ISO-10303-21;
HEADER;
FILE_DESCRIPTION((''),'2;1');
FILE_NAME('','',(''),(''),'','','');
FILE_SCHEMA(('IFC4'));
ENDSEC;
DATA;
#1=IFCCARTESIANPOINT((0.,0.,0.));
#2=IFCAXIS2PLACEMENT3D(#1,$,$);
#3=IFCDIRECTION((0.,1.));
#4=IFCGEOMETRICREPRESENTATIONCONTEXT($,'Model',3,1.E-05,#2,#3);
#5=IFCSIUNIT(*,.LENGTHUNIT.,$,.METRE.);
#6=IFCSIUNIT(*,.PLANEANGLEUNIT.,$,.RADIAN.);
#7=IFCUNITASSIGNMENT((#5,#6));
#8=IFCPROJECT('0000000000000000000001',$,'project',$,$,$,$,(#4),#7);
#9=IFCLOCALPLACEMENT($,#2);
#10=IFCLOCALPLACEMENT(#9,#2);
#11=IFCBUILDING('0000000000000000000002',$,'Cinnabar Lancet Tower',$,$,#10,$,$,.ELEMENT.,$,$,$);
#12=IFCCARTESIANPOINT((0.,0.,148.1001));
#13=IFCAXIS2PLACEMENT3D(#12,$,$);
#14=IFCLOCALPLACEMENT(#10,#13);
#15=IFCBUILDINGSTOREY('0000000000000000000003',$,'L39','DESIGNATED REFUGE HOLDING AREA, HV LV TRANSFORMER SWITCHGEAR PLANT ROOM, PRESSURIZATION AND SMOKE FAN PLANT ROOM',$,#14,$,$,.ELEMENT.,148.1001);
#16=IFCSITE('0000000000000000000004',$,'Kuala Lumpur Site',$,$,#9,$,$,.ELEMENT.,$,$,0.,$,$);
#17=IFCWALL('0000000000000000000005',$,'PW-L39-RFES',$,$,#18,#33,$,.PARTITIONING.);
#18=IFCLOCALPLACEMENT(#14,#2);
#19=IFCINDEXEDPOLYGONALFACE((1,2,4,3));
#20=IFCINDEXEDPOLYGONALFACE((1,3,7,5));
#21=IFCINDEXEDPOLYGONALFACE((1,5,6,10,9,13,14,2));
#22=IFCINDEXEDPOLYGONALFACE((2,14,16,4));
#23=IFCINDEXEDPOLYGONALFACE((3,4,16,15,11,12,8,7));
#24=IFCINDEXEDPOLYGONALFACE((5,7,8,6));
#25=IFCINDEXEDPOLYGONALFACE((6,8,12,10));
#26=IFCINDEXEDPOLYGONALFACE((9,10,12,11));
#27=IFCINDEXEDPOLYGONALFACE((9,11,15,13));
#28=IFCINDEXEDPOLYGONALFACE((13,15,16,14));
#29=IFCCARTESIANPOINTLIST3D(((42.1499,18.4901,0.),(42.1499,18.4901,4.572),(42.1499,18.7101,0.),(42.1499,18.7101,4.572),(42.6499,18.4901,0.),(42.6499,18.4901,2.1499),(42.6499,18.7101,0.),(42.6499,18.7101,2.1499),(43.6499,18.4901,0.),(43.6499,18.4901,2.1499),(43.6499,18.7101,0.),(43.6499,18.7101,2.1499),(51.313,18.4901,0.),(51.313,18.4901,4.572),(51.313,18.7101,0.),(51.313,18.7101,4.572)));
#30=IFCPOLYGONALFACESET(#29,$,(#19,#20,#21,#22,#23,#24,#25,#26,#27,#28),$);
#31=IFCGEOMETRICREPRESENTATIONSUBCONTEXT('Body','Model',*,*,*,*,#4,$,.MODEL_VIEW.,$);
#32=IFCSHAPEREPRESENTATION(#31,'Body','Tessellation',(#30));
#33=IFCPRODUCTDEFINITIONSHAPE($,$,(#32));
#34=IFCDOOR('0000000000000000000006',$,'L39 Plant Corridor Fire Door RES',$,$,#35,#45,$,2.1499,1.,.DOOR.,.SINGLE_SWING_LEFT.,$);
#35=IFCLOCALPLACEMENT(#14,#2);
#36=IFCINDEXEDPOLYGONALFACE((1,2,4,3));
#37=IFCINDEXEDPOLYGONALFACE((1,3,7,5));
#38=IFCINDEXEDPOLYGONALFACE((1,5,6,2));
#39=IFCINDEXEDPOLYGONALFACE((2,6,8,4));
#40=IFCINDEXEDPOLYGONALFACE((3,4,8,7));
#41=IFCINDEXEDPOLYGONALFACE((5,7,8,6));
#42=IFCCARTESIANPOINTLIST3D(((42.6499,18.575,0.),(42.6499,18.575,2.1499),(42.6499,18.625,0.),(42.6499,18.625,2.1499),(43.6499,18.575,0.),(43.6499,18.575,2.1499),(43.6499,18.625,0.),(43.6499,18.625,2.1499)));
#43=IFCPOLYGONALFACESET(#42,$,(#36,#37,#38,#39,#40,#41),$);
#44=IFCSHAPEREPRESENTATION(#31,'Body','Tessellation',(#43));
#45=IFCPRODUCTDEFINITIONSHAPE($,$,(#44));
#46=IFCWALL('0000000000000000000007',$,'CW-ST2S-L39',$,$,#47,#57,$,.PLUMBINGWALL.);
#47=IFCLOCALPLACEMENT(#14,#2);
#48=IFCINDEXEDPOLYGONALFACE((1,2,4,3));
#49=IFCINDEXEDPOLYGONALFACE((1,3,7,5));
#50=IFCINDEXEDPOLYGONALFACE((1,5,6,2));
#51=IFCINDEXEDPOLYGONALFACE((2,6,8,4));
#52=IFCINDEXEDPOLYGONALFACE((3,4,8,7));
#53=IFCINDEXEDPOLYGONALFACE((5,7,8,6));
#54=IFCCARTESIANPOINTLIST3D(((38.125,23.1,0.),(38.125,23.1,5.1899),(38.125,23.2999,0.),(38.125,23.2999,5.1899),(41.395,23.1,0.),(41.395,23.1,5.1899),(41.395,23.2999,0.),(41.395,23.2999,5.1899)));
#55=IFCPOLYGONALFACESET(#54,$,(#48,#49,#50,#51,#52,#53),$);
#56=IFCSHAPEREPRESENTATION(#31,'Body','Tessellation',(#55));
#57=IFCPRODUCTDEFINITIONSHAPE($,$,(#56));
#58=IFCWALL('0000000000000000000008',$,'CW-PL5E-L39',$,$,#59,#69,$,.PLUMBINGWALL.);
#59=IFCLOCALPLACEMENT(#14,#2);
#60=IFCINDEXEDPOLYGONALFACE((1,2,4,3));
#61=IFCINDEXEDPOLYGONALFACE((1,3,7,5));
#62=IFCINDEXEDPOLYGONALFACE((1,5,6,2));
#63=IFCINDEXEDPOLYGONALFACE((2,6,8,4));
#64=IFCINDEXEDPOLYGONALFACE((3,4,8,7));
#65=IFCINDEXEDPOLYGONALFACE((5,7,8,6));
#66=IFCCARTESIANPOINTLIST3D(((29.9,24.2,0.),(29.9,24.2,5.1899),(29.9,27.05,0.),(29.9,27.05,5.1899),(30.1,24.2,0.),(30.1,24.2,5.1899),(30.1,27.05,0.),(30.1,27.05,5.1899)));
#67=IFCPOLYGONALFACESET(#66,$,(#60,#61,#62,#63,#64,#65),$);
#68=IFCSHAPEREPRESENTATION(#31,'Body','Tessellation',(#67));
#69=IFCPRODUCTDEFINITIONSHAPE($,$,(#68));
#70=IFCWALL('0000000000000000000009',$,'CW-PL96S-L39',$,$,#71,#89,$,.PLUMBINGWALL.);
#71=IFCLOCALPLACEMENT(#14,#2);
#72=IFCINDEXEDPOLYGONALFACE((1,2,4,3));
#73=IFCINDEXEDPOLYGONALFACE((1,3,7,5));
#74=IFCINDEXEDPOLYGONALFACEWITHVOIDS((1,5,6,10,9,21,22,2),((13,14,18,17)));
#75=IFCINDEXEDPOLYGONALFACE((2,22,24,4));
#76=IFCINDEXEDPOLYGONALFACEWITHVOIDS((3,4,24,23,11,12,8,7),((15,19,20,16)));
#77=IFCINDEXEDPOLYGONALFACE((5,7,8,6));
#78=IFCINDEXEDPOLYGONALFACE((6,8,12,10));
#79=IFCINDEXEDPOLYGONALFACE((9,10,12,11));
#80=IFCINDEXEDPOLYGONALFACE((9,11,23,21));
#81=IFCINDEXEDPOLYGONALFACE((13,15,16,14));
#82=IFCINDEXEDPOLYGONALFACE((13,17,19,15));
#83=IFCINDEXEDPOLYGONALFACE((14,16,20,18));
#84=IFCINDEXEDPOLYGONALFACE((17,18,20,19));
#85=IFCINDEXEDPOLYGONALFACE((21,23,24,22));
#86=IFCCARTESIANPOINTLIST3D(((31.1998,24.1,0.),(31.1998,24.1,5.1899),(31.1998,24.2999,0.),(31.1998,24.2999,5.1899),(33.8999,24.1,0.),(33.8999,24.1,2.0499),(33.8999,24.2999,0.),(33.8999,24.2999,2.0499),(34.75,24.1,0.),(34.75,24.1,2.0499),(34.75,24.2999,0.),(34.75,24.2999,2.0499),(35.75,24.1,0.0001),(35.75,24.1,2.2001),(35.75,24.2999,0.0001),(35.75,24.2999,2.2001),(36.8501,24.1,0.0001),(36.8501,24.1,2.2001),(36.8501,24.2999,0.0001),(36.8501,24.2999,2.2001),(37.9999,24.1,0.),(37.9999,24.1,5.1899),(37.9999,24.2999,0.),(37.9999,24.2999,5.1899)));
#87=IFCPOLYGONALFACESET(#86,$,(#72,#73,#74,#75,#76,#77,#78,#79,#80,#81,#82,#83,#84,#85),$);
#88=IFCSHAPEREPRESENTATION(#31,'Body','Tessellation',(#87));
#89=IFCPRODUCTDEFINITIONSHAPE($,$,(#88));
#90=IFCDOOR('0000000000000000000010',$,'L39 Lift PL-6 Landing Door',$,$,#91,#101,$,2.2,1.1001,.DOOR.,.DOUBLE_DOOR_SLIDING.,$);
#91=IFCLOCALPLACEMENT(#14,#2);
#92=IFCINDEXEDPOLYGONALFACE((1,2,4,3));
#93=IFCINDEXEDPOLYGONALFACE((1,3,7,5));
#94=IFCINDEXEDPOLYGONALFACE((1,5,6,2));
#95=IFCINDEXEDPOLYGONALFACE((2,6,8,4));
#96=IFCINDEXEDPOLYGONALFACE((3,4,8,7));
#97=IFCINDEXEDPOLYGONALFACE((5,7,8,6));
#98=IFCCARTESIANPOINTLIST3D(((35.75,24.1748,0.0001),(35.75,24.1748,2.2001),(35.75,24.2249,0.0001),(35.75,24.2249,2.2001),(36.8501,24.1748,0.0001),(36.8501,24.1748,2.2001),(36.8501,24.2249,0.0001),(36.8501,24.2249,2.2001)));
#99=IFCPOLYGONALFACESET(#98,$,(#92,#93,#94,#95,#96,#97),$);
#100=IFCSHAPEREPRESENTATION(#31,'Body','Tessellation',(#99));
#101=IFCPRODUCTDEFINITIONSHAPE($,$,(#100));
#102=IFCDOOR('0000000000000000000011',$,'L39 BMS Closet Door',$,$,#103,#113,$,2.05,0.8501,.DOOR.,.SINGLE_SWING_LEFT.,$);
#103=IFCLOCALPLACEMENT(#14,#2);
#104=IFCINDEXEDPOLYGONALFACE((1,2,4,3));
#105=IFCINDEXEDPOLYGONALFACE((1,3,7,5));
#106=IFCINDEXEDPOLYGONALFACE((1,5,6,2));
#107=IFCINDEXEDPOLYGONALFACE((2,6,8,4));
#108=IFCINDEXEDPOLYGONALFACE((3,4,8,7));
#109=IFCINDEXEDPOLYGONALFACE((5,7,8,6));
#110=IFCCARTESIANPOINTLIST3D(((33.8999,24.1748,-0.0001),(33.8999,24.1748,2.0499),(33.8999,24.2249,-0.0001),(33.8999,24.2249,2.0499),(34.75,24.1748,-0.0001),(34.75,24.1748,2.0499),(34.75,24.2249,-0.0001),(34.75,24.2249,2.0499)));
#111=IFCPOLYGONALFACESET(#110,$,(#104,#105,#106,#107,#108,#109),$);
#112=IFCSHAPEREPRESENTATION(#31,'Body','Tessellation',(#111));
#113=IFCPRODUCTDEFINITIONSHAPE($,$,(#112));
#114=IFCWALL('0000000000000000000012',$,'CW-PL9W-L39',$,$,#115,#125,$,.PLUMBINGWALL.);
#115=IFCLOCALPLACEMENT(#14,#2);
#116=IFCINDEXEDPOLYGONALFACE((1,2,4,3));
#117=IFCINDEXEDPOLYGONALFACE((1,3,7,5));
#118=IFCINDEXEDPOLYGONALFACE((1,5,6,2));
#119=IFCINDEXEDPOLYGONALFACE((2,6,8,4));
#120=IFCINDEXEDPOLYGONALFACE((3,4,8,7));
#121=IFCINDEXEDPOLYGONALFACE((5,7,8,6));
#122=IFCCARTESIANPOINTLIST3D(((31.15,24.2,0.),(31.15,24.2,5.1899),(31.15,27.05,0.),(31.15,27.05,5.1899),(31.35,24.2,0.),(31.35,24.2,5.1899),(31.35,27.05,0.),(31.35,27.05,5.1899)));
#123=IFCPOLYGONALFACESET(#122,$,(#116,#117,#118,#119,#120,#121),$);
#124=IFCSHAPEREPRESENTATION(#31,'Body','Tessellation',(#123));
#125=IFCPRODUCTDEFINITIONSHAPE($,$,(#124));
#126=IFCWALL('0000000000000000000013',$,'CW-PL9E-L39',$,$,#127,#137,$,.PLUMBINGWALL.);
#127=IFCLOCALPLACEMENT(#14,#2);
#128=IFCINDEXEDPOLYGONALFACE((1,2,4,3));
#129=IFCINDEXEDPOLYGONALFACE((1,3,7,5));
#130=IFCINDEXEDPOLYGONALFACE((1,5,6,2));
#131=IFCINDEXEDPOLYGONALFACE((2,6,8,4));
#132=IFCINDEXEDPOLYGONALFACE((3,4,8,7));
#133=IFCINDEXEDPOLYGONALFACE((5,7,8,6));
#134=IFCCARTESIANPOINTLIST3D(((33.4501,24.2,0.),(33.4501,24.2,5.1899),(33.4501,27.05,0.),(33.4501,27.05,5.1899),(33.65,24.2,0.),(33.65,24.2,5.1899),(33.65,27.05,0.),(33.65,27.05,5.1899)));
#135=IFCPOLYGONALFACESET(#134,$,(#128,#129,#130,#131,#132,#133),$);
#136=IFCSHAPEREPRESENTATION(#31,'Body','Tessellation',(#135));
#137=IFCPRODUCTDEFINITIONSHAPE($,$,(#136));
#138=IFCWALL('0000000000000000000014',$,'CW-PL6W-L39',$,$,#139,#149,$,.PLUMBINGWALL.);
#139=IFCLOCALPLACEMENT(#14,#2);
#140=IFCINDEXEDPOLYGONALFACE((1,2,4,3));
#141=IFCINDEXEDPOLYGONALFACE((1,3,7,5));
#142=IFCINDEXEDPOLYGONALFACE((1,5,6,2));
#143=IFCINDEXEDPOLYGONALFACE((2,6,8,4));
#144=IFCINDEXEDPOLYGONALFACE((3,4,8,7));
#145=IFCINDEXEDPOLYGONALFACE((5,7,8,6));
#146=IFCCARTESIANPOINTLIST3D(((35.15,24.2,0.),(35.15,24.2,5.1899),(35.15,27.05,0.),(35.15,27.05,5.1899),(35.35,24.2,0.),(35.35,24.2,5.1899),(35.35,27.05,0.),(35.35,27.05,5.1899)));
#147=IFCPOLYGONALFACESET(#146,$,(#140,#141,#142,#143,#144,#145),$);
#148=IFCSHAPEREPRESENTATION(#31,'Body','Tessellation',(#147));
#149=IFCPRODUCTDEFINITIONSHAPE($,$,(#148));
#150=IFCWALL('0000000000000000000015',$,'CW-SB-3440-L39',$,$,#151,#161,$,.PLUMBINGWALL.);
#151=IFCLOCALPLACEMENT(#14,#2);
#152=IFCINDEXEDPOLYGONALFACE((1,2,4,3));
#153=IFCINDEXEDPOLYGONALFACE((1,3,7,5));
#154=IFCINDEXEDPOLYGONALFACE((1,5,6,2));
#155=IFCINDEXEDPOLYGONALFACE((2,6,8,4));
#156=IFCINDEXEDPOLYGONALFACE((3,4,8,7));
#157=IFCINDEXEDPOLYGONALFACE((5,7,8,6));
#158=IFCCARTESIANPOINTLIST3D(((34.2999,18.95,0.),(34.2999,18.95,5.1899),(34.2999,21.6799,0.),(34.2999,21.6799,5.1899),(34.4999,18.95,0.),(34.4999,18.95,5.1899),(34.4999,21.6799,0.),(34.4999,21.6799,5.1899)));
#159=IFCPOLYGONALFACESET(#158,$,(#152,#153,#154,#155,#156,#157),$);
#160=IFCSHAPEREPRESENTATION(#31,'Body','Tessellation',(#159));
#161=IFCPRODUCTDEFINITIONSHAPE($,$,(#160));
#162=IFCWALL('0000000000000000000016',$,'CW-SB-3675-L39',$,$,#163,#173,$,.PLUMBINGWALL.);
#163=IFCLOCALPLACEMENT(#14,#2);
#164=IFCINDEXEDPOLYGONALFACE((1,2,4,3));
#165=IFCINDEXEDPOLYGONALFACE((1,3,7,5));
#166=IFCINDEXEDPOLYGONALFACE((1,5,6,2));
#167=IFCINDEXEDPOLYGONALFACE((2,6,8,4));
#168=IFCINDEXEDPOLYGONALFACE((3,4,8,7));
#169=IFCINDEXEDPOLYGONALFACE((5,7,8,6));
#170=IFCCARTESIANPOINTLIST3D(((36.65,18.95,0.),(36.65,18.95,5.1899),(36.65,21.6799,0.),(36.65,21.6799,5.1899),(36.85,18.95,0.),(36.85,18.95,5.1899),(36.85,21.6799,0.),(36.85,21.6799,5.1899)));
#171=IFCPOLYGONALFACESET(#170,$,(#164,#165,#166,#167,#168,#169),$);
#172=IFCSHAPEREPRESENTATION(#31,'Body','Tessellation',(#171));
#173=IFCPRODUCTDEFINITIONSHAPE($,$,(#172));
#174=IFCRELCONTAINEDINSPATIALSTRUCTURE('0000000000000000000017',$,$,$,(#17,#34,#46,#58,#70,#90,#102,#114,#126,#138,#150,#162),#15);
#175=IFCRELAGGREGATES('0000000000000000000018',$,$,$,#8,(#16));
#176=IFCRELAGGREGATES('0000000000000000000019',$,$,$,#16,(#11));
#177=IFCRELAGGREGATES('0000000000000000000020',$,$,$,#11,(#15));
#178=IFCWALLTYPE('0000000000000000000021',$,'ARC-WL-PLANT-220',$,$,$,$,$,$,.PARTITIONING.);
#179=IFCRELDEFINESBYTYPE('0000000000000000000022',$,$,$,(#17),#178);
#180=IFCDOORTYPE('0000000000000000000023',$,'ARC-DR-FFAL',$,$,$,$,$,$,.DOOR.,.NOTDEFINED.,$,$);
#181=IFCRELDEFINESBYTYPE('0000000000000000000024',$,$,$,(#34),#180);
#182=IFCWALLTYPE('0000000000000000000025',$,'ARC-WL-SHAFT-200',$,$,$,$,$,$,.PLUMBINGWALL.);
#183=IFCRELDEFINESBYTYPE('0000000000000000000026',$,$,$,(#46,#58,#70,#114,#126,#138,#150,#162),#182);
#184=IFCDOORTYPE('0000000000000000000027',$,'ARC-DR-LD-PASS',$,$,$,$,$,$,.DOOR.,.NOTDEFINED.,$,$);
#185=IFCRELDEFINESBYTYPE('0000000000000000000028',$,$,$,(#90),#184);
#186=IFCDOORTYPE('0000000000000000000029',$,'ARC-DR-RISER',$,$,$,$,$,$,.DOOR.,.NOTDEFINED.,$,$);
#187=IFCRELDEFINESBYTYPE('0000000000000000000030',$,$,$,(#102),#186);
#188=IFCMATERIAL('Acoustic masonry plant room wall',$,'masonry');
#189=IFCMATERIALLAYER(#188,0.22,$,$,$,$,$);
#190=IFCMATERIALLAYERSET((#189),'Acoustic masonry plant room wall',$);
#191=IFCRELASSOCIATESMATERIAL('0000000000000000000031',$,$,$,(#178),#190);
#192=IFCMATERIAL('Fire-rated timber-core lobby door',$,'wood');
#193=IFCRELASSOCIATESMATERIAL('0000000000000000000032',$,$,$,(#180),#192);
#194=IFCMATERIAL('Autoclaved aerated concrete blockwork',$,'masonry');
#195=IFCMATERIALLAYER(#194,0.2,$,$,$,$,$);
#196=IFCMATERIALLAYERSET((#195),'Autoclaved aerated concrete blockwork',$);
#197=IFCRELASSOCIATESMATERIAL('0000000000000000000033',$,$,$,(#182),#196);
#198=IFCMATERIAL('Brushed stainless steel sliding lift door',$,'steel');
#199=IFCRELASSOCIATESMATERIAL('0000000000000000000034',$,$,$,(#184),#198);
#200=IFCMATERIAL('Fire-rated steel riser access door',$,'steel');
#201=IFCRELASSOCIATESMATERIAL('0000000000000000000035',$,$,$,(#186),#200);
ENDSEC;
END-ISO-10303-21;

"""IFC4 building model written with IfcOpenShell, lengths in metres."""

from ifc_helpers import new_model, si_unit, direction, frame, frame_2d, origin, place, context, subcontext, project, spatial, rectangle, extrude, material, layer, layer_set, type_object, element, fill, save


model = new_model("IFC4")

# Units and contexts
model_context = context("Model", 3, precision=1e-05, world=origin(), true_north=direction((0.0, 1.0)))
body_context = subcontext(model_context, "Body", "Model", "MODEL_VIEW")
ifc_project = project(units=[si_unit("LENGTHUNIT", "METRE"), si_unit("PLANEANGLEUNIT", "RADIAN")], contexts=[model_context])

# Site, building, storey
site_placement = place(None, origin())
site = spatial("IfcSite", under=ifc_project, at=site_placement, Name="Kuala Lumpur Site", CompositionType="ELEMENT", RefElevation=0.0)
building_placement = place(site_placement, origin())
building = spatial("IfcBuilding", under=site, at=building_placement, Name="Cinnabar Lancet Tower", CompositionType="ELEMENT")
storey_placement = place(building_placement, frame((0.0, 0.0, 148.1001)))
storey = spatial("IfcBuildingStorey", under=building, at=storey_placement, Name="L39", Description="DESIGNATED REFUGE HOLDING AREA, HV LV TRANSFORMER SWITCHGEAR PLANT ROOM, PRESSURIZATION AND SMOKE FAN PLANT ROOM", CompositionType="ELEMENT", Elevation=148.1001)

# Wall, opening, door
ifc_material_1 = material(Name="Acoustic masonry plant room wall", Category="masonry")
ifc_layer_1 = layer(ifc_material_1, 0.22)
ifc_layer_set_1 = layer_set([ifc_layer_1], Name="Acoustic masonry plant room wall")
wall_type_1 = type_object("IfcWallType", Name="ARC-WL-PLANT-220", PredefinedType="PARTITIONING", material=ifc_layer_set_1)
wall_1_placement = place(storey_placement, frame((42.1499, 18.6001, 0.0), z_axis=(0.0, 0.0, 1.0), x_axis=(1.0, 0.0, 0.0)))
wall_1 = element("IfcWall", 1, at=wall_1_placement, inside=storey, type_object=wall_type_1, Name="PW-L39-RFES", PredefinedType="PARTITIONING", context=body_context, shape_type="SweptSolid", body=[
    extrude(rectangle(XDim=9.1631, YDim=0.22, at=frame_2d((4.5815, 0.0))), origin(), (0.0, 0.0, 1.0), 4.572),
])
opening_1_placement = place(wall_1_placement, frame((0.5, 0.0, 0.0)))
opening_1 = element("IfcOpeningElement", 2, at=opening_1_placement, cuts=wall_1, PredefinedType="OPENING", context=body_context, shape_type="SweptSolid", body=[
    extrude(rectangle(XDim=1.0, YDim=2.1499, at=frame_2d((0.5, 1.075))), frame((0.0, 0.1199, 0.0), z_axis=(0.0, -1.0, 0.0), x_axis=(1.0, 0.0, 0.0)), (0.0, 0.0, 1.0), 0.24),
])
ifc_material_2 = material(Name="Fire-rated timber-core lobby door", Category="wood")
door_type_1 = type_object("IfcDoorType", Name="ARC-DR-FFAL", OperationType="NOTDEFINED", PredefinedType="DOOR", material=ifc_material_2)
door_1_placement = place(opening_1_placement, origin())
door_1 = element("IfcDoor", 3, at=door_1_placement, inside=storey, type_object=door_type_1, Name="L39 Plant Corridor Fire Door RES", OperationType="SINGLE_SWING_LEFT", OverallHeight=2.1499, OverallWidth=1.0, PredefinedType="DOOR", context=body_context, shape_type="SweptSolid", body=[
    extrude(rectangle(XDim=1.0, YDim=2.1499, at=frame_2d((0.5, 1.075))), frame((0.0, 0.0249, 0.0), z_axis=(0.0, -1.0, 0.0), x_axis=(1.0, 0.0, 0.0)), (0.0, 0.0, 1.0), 0.05),
])
fill(opening_1, door_1)

# Walls
ifc_material_3 = material(Name="Autoclaved aerated concrete blockwork", Category="masonry")
ifc_layer_2 = layer(ifc_material_3, 0.2)
ifc_layer_set_2 = layer_set([ifc_layer_2], Name="Autoclaved aerated concrete blockwork")
wall_type_2 = type_object("IfcWallType", Name="ARC-WL-SHAFT-200", PredefinedType="PLUMBINGWALL", material=ifc_layer_set_2)
wall_2_placement = place(storey_placement, frame((38.125, 23.2, 0.0), z_axis=(0.0, 0.0, 1.0), x_axis=(1.0, 0.0, 0.0)))
element("IfcWall", 4, at=wall_2_placement, inside=storey, type_object=wall_type_2, Name="CW-ST2S-L39", PredefinedType="PLUMBINGWALL", context=body_context, shape_type="SweptSolid", body=[
    extrude(rectangle(XDim=3.27, YDim=0.2, at=frame_2d((1.635, 0.0))), origin(), (0.0, 0.0, 1.0), 5.1899),
])
wall_3_placement = place(storey_placement, frame((30.0, 24.2, 0.0), z_axis=(0.0, 0.0, 1.0), x_axis=(0.0, 1.0, 0.0)))
element("IfcWall", 5, at=wall_3_placement, inside=storey, type_object=wall_type_2, Name="CW-PL5E-L39", PredefinedType="PLUMBINGWALL", context=body_context, shape_type="SweptSolid", body=[
    extrude(rectangle(XDim=2.8501, YDim=0.2, at=frame_2d((1.425, 0.0))), origin(), (0.0, 0.0, 1.0), 5.1899),
])

# Wall, openings, doors
wall_4_placement = place(storey_placement, frame((31.2, 24.2, 0.0), z_axis=(0.0, 0.0, 1.0), x_axis=(1.0, 0.0, 0.0)))
wall_4 = element("IfcWall", 6, at=wall_4_placement, inside=storey, type_object=wall_type_2, Name="CW-PL96S-L39", PredefinedType="PLUMBINGWALL", context=body_context, shape_type="SweptSolid", body=[
    extrude(rectangle(XDim=6.8, YDim=0.2, at=frame_2d((3.3999, 0.0))), origin(), (0.0, 0.0, 1.0), 5.1899),
])
opening_2_placement = place(wall_4_placement, frame((2.7, 0.0, 0.0)))
opening_2 = element("IfcOpeningElement", 7, at=opening_2_placement, cuts=wall_4, PredefinedType="OPENING", context=body_context, shape_type="SweptSolid", body=[
    extrude(rectangle(XDim=0.8501, YDim=2.05, at=frame_2d((0.425, 1.0249))), frame((0.0, 0.1099, 0.0), z_axis=(0.0, -1.0, 0.0), x_axis=(1.0, 0.0, 0.0)), (0.0, 0.0, 1.0), 0.22),
])
opening_3_placement = place(wall_4_placement, frame((4.55, 0.0, 0.0)))
opening_3 = element("IfcOpeningElement", 8, at=opening_3_placement, cuts=wall_4, PredefinedType="OPENING", context=body_context, shape_type="SweptSolid", body=[
    extrude(rectangle(XDim=1.1001, YDim=2.2, at=frame_2d((0.55, 1.1001))), frame((0.0, 0.1099, 0.0), z_axis=(0.0, -1.0, 0.0), x_axis=(1.0, 0.0, 0.0)), (0.0, 0.0, 1.0), 0.22),
])
ifc_material_4 = material(Name="Brushed stainless steel sliding lift door", Category="steel")
door_type_2 = type_object("IfcDoorType", Name="ARC-DR-LD-PASS", OperationType="NOTDEFINED", PredefinedType="DOOR", material=ifc_material_4)
door_2_placement = place(opening_3_placement, origin())
door_2 = element("IfcDoor", 9, at=door_2_placement, inside=storey, type_object=door_type_2, Name="L39 Lift PL-6 Landing Door", OperationType="DOUBLE_DOOR_SLIDING", OverallHeight=2.2, OverallWidth=1.1001, PredefinedType="DOOR", context=body_context, shape_type="SweptSolid", body=[
    extrude(rectangle(XDim=1.1001, YDim=2.2, at=frame_2d((0.55, 1.1001))), frame((0.0, 0.0249, 0.0), z_axis=(0.0, -1.0, 0.0), x_axis=(1.0, 0.0, 0.0)), (0.0, 0.0, 1.0), 0.05),
])
fill(opening_3, door_2)
ifc_material_5 = material(Name="Fire-rated steel riser access door", Category="steel")
door_type_3 = type_object("IfcDoorType", Name="ARC-DR-RISER", OperationType="NOTDEFINED", PredefinedType="DOOR", material=ifc_material_5)
door_3_placement = place(opening_2_placement, origin())
door_3 = element("IfcDoor", 10, at=door_3_placement, inside=storey, type_object=door_type_3, Name="L39 BMS Closet Door", OperationType="SINGLE_SWING_LEFT", OverallHeight=2.05, OverallWidth=0.8501, PredefinedType="DOOR", context=body_context, shape_type="SweptSolid", body=[
    extrude(rectangle(XDim=0.8501, YDim=2.05, at=frame_2d((0.425, 1.0249))), frame((0.0, 0.0249, 0.0), z_axis=(0.0, -1.0, 0.0), x_axis=(1.0, 0.0, 0.0)), (0.0, 0.0, 1.0), 0.05),
])
fill(opening_2, door_3)

# Walls
for number, where, z_axis, x_axis, name in (
    (11, (31.25, 24.2, 0.0), (0.0, 0.0, 1.0), (0.0, 1.0, 0.0), "CW-PL9W-L39"),
    (12, (33.55, 24.2, 0.0), (0.0, 0.0, 1.0), (0.0, 1.0, 0.0), "CW-PL9E-L39"),
    (13, (35.25, 24.2, 0.0), (0.0, 0.0, 1.0), (0.0, 1.0, 0.0), "CW-PL6W-L39"),
):
    element("IfcWall", number, at=place(storey_placement, frame(where, z_axis=z_axis, x_axis=x_axis)), inside=storey, type_object=wall_type_2, Name=name, PredefinedType="PLUMBINGWALL", context=body_context, shape_type="SweptSolid", body=[
        extrude(rectangle(XDim=2.8501, YDim=0.2, at=frame_2d((1.425, 0.0))), origin(), (0.0, 0.0, 1.0), 5.1899),
    ])
for number, where, z_axis, x_axis, name in (
    (14, (34.3999, 18.95, 0.0), (0.0, 0.0, 1.0), (0.0, 1.0, 0.0), "CW-SB-3440-L39"),
    (15, (36.75, 18.95, 0.0), (0.0, 0.0, 1.0), (0.0, 1.0, 0.0), "CW-SB-3675-L39"),
):
    element("IfcWall", number, at=place(storey_placement, frame(where, z_axis=z_axis, x_axis=x_axis)), inside=storey, type_object=wall_type_2, Name=name, PredefinedType="PLUMBINGWALL", context=body_context, shape_type="SweptSolid", body=[
        extrude(rectangle(XDim=2.73, YDim=0.2, at=frame_2d((1.365, 0.0))), origin(), (0.0, 0.0, 1.0), 5.1899),
    ])

save(model, "model.ifc")
